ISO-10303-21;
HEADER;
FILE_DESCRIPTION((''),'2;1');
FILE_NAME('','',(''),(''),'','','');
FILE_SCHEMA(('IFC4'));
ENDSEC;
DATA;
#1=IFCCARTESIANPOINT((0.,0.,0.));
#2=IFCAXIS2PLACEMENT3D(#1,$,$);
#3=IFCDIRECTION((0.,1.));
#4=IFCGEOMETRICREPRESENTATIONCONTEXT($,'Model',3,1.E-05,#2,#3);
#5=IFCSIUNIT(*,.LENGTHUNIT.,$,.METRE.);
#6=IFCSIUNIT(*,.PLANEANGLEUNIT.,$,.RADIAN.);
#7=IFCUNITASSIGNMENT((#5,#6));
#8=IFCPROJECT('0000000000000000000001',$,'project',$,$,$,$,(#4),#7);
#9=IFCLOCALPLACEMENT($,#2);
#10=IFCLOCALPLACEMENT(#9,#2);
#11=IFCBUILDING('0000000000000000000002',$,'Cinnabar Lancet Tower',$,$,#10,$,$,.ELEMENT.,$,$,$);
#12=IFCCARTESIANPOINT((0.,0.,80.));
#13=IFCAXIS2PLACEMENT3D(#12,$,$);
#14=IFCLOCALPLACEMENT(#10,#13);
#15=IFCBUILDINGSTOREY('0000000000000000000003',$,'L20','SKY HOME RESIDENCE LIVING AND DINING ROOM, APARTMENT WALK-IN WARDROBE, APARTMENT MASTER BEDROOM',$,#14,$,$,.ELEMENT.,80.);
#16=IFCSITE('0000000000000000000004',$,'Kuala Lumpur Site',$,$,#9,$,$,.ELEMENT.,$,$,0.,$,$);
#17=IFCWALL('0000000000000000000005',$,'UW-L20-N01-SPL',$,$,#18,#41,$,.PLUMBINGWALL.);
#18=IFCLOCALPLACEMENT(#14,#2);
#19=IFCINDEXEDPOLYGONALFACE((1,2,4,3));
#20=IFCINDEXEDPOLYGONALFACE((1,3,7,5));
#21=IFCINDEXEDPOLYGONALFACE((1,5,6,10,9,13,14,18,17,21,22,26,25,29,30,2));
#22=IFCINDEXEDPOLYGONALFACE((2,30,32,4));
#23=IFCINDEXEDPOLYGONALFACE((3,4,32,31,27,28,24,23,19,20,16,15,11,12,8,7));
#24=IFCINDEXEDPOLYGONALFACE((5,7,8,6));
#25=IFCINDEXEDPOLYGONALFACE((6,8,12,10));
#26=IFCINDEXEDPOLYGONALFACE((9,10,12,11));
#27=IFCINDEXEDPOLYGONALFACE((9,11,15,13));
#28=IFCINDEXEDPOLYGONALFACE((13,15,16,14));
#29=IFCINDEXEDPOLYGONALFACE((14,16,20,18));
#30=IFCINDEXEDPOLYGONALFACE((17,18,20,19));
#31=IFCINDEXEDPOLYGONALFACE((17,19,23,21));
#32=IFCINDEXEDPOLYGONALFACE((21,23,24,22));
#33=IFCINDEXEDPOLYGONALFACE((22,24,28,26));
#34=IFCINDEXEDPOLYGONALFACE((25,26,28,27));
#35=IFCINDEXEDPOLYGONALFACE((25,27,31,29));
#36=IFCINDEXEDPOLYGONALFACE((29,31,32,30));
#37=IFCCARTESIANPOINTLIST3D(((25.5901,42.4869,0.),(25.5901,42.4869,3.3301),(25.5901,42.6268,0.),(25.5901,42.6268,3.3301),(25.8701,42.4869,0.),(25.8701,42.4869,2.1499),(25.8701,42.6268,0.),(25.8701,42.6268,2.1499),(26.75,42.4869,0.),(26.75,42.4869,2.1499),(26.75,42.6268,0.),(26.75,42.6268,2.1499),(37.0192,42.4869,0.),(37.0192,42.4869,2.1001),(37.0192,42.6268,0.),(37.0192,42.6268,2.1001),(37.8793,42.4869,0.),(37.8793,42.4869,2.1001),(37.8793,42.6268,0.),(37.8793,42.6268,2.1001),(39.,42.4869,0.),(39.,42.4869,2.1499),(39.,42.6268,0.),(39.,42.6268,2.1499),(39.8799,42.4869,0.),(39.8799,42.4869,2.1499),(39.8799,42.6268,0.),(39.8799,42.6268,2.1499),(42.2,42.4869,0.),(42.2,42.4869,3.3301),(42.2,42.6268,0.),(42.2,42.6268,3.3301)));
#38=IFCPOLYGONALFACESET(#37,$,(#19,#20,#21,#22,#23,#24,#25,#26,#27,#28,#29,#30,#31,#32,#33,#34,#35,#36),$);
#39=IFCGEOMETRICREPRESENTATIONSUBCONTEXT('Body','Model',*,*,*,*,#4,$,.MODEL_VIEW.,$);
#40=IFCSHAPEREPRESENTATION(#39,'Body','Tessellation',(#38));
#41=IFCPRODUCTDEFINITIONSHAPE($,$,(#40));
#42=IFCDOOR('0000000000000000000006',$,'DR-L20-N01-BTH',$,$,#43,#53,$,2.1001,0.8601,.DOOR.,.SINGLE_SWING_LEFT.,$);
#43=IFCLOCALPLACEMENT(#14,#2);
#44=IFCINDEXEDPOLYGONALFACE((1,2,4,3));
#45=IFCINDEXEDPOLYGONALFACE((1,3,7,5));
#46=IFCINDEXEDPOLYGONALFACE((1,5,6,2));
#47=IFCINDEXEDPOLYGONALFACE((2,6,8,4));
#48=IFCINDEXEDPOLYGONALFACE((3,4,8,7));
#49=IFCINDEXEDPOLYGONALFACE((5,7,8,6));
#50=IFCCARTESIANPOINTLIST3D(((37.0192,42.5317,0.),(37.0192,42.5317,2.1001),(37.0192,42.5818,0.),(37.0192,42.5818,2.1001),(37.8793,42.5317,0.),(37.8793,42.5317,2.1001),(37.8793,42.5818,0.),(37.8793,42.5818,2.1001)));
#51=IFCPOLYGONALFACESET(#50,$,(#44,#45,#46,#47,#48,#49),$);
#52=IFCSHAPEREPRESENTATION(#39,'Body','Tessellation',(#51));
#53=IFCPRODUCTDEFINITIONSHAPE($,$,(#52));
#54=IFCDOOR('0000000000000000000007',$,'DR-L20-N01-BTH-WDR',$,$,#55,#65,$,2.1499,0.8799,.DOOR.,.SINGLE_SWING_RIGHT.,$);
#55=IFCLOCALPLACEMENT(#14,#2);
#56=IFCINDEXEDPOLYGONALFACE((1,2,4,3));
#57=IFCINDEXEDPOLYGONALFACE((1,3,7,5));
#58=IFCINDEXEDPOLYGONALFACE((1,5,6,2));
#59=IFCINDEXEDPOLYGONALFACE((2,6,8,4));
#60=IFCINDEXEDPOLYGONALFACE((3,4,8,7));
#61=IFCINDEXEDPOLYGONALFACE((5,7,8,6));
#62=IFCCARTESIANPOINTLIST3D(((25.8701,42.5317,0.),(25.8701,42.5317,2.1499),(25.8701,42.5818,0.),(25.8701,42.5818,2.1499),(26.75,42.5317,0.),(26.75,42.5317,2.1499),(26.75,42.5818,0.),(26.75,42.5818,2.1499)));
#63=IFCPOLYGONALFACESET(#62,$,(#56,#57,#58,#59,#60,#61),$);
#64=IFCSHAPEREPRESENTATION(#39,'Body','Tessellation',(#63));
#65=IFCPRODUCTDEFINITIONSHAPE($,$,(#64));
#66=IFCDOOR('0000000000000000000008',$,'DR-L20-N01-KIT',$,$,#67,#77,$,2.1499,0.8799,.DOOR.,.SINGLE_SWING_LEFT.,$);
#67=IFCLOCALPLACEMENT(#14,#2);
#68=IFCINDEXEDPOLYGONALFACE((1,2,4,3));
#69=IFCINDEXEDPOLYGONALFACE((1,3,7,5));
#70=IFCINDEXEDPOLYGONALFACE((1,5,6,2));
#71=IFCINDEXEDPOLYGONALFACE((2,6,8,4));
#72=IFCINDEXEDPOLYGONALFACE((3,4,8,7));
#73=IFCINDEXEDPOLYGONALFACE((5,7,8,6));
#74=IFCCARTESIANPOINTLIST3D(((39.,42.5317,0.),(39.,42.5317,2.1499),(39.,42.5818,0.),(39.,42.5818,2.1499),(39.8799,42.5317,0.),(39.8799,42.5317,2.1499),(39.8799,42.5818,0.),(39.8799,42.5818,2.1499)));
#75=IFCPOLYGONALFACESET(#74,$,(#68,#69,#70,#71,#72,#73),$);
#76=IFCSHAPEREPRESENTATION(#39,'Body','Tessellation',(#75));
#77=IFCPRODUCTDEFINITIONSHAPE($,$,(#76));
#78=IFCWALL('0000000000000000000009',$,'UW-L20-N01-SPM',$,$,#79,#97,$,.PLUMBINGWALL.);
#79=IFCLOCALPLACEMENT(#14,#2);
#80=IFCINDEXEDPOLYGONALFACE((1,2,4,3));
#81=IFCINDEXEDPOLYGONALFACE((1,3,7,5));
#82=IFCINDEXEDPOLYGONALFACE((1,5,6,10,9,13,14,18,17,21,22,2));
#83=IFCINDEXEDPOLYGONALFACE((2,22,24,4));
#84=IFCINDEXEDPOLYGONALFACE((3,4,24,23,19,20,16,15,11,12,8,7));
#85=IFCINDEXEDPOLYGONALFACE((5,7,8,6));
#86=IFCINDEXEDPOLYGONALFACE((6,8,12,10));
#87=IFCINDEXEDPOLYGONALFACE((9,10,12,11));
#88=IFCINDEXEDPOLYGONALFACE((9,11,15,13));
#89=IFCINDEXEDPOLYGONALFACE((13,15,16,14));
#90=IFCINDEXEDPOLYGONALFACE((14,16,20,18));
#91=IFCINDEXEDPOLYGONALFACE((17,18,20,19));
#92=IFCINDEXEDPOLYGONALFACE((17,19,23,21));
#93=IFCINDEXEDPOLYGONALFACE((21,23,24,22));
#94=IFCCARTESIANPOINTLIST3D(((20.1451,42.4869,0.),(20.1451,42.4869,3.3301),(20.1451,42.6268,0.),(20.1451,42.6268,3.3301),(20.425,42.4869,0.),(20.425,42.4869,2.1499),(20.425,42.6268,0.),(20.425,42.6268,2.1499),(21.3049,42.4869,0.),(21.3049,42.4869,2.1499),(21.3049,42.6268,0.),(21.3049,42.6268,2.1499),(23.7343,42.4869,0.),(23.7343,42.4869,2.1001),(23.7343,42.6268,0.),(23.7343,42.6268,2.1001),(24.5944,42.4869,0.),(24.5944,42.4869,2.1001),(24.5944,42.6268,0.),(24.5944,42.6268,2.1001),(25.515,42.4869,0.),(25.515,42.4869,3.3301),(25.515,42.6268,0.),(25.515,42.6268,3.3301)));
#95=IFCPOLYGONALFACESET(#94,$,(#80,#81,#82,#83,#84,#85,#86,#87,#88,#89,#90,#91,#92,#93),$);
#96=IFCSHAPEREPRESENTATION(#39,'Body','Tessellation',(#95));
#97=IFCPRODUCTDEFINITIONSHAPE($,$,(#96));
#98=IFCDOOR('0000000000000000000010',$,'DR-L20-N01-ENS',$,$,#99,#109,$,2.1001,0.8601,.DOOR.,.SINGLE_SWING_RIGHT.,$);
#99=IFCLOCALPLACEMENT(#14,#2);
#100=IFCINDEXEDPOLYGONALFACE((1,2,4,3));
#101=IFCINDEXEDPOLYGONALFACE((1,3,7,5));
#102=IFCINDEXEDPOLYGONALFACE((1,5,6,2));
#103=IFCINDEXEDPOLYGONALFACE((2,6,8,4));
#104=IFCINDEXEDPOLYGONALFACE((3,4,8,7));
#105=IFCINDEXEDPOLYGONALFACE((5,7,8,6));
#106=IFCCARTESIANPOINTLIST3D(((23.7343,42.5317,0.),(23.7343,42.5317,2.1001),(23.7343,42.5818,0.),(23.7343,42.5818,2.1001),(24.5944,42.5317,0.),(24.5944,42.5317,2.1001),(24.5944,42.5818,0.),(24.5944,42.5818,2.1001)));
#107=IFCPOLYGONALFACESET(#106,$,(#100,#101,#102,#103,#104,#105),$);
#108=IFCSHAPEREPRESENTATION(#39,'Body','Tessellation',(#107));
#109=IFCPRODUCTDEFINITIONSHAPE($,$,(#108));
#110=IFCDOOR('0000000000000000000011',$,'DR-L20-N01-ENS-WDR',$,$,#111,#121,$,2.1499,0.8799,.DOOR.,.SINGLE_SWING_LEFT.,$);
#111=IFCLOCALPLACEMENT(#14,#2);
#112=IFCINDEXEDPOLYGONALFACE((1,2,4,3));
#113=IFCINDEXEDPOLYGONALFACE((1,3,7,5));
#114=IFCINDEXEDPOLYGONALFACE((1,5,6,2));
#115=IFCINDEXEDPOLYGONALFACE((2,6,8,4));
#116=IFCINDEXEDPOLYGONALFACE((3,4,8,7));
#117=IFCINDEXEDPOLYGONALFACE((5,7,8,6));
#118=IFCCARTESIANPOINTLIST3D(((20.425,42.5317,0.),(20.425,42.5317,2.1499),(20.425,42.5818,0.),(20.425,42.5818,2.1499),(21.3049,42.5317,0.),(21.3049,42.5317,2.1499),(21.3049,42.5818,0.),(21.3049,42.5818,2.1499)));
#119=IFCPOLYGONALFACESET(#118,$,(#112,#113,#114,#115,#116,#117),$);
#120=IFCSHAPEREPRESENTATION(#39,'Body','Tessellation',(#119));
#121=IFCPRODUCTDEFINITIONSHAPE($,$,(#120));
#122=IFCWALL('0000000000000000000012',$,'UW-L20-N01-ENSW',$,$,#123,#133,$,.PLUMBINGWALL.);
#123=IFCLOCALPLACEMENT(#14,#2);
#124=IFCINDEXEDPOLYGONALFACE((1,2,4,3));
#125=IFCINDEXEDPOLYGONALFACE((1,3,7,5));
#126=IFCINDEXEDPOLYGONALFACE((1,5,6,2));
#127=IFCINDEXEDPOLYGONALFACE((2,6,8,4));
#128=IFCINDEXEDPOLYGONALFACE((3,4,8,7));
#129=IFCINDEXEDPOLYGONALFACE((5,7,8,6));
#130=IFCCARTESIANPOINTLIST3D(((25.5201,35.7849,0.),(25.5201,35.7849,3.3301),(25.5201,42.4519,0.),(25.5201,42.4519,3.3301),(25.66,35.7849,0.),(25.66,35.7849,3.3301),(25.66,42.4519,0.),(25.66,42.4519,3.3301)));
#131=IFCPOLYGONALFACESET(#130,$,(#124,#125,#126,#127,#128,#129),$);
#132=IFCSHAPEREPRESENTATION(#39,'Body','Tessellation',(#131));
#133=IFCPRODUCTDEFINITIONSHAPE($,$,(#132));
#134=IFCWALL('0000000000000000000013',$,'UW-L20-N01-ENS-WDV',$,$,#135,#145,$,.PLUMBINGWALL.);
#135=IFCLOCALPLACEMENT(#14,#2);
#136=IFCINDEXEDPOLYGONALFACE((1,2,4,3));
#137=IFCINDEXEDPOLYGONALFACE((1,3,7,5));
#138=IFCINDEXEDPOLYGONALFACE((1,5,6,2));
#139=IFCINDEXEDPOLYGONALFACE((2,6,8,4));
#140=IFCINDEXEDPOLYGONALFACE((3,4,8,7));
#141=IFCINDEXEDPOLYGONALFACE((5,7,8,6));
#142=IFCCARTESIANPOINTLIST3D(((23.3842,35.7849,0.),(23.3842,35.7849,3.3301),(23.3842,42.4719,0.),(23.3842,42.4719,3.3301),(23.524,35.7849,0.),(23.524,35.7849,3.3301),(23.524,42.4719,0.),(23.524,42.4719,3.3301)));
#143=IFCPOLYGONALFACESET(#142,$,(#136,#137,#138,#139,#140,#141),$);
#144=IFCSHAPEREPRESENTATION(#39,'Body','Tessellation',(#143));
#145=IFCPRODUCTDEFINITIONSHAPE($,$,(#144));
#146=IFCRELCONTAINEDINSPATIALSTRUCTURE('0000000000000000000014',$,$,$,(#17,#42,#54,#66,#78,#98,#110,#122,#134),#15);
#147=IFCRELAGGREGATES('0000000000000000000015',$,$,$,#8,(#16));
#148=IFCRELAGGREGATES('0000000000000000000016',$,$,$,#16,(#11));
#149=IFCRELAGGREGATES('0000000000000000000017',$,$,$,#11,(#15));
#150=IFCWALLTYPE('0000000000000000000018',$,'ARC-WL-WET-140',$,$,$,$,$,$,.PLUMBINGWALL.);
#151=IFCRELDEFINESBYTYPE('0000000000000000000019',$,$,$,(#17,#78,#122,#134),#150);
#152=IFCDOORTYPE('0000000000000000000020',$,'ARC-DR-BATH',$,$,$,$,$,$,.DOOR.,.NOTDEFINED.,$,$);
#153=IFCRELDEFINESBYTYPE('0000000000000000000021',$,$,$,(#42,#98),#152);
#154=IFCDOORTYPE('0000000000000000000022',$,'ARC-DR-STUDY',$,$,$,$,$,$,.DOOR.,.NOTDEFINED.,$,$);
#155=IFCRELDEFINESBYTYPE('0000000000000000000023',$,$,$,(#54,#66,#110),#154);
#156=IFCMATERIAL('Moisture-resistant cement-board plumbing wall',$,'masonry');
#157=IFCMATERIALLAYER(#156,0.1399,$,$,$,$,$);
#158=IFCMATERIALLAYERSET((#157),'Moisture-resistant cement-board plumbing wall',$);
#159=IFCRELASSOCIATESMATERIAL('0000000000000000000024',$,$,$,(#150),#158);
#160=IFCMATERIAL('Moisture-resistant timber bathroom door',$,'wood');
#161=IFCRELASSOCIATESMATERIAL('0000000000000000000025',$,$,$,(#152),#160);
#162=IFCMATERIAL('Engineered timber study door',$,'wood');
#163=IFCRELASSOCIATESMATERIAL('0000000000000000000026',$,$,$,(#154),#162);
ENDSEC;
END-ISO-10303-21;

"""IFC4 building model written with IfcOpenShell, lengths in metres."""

from ifc_helpers import new_model, si_unit, direction, frame, frame_2d, origin, place, context, subcontext, project, spatial, rectangle, extrude, material, layer, layer_set, type_object, element, fill, save


model = new_model("IFC4")

# Units and contexts
model_context = context("Model", 3, precision=1e-05, world=origin(), true_north=direction((0.0, 1.0)))
body_context = subcontext(model_context, "Body", "Model", "MODEL_VIEW")
ifc_project = project(units=[si_unit("LENGTHUNIT", "METRE"), si_unit("PLANEANGLEUNIT", "RADIAN")], contexts=[model_context])

# Site, building, storey
site_placement = place(None, origin())
site = spatial("IfcSite", under=ifc_project, at=site_placement, Name="Kuala Lumpur Site", CompositionType="ELEMENT", RefElevation=0.0)
building_placement = place(site_placement, origin())
building = spatial("IfcBuilding", under=site, at=building_placement, Name="Cinnabar Lancet Tower", CompositionType="ELEMENT")
storey_placement = place(building_placement, frame((0.0, 0.0, 80.0)))
storey = spatial("IfcBuildingStorey", under=building, at=storey_placement, Name="L20", Description="SKY HOME RESIDENCE LIVING AND DINING ROOM, APARTMENT WALK-IN WARDROBE, APARTMENT MASTER BEDROOM", CompositionType="ELEMENT", Elevation=80.0)

# Walls, openings, doors
ifc_material_1 = material(Name="Moisture-resistant cement-board plumbing wall", Category="masonry")
ifc_layer_1 = layer(ifc_material_1, 0.1399)
ifc_layer_set_1 = layer_set([ifc_layer_1], Name="Moisture-resistant cement-board plumbing wall")
wall_type_1 = type_object("IfcWallType", Name="ARC-WL-WET-140", PredefinedType="PLUMBINGWALL", material=ifc_layer_set_1)
wall_1_placement = place(storey_placement, frame((25.5901, 42.5569, 0.0), z_axis=(0.0, 0.0, 1.0), x_axis=(1.0, 0.0, 0.0)))
wall_1 = element("IfcWall", 1, at=wall_1_placement, inside=storey, type_object=wall_type_1, Name="UW-L20-N01-SPL", PredefinedType="PLUMBINGWALL", context=body_context, shape_type="SweptSolid", body=[
    extrude(rectangle(XDim=16.6099, YDim=0.1399, at=frame_2d((8.3049, 0.0))), origin(), (0.0, 0.0, 1.0), 3.3301),
])
opening_1_placement = place(wall_1_placement, frame((0.28, 0.0, 0.0)))
opening_1 = element("IfcOpeningElement", 2, at=opening_1_placement, cuts=wall_1, PredefinedType="OPENING", context=body_context, shape_type="SweptSolid", body=[
    extrude(rectangle(XDim=0.8799, YDim=2.1499, at=frame_2d((0.4399, 1.075))), frame((0.0, 0.0798, 0.0), z_axis=(0.0, -1.0, 0.0), x_axis=(1.0, 0.0, 0.0)), (0.0, 0.0, 1.0), 0.1599),
])
opening_2_placement = place(wall_1_placement, frame((11.429, 0.0, 0.0)))
opening_2 = element("IfcOpeningElement", 3, at=opening_2_placement, cuts=wall_1, PredefinedType="OPENING", context=body_context, shape_type="SweptSolid", body=[
    extrude(rectangle(XDim=0.8601, YDim=2.1001, at=frame_2d((0.4302, 1.05))), frame((0.0, 0.0798, 0.0), z_axis=(0.0, -1.0, 0.0), x_axis=(1.0, 0.0, 0.0)), (0.0, 0.0, 1.0), 0.1599),
])
opening_3_placement = place(wall_1_placement, frame((13.4099, 0.0, 0.0)))
opening_3 = element("IfcOpeningElement", 4, at=opening_3_placement, cuts=wall_1, PredefinedType="OPENING", context=body_context, shape_type="SweptSolid", body=[
    extrude(rectangle(XDim=0.8799, YDim=2.1499, at=frame_2d((0.4399, 1.075))), frame((0.0, 0.0798, 0.0), z_axis=(0.0, -1.0, 0.0), x_axis=(1.0, 0.0, 0.0)), (0.0, 0.0, 1.0), 0.1599),
])
ifc_material_2 = material(Name="Moisture-resistant timber bathroom door", Category="wood")
door_type_1 = type_object("IfcDoorType", Name="ARC-DR-BATH", OperationType="NOTDEFINED", PredefinedType="DOOR", material=ifc_material_2)
door_1_placement = place(opening_2_placement, origin())
door_1 = element("IfcDoor", 5, at=door_1_placement, inside=storey, type_object=door_type_1, Name="DR-L20-N01-BTH", OperationType="SINGLE_SWING_LEFT", OverallHeight=2.1001, OverallWidth=0.8601, PredefinedType="DOOR", context=body_context, shape_type="SweptSolid", body=[
    extrude(rectangle(XDim=0.8601, YDim=2.1001, at=frame_2d((0.4302, 1.05))), frame((0.0, 0.0249, 0.0), z_axis=(0.0, -1.0, 0.0), x_axis=(1.0, 0.0, 0.0)), (0.0, 0.0, 1.0), 0.05),
])
fill(opening_2, door_1)
ifc_material_3 = material(Name="Engineered timber study door", Category="wood")
door_type_2 = type_object("IfcDoorType", Name="ARC-DR-STUDY", OperationType="NOTDEFINED", PredefinedType="DOOR", material=ifc_material_3)
door_2_placement = place(opening_1_placement, origin())
door_2 = element("IfcDoor", 6, at=door_2_placement, inside=storey, type_object=door_type_2, Name="DR-L20-N01-BTH-WDR", OperationType="SINGLE_SWING_RIGHT", OverallHeight=2.1499, OverallWidth=0.8799, PredefinedType="DOOR", context=body_context, shape_type="SweptSolid", body=[
    extrude(rectangle(XDim=0.8799, YDim=2.1499, at=frame_2d((0.4399, 1.075))), frame((0.0, 0.0249, 0.0), z_axis=(0.0, -1.0, 0.0), x_axis=(1.0, 0.0, 0.0)), (0.0, 0.0, 1.0), 0.05),
])
fill(opening_1, door_2)
door_3_placement = place(opening_3_placement, origin())
door_3 = element("IfcDoor", 7, at=door_3_placement, inside=storey, type_object=door_type_2, Name="DR-L20-N01-KIT", OperationType="SINGLE_SWING_LEFT", OverallHeight=2.1499, OverallWidth=0.8799, PredefinedType="DOOR", context=body_context, shape_type="SweptSolid", body=[
    extrude(rectangle(XDim=0.8799, YDim=2.1499, at=frame_2d((0.4399, 1.075))), frame((0.0, 0.0249, 0.0), z_axis=(0.0, -1.0, 0.0), x_axis=(1.0, 0.0, 0.0)), (0.0, 0.0, 1.0), 0.05),
])
fill(opening_3, door_3)
wall_2_placement = place(storey_placement, frame((20.145, 42.5569, 0.0), z_axis=(0.0, 0.0, 1.0), x_axis=(1.0, 0.0, 0.0)))
wall_2 = element("IfcWall", 8, at=wall_2_placement, inside=storey, type_object=wall_type_1, Name="UW-L20-N01-SPM", PredefinedType="PLUMBINGWALL", context=body_context, shape_type="SweptSolid", body=[
    extrude(rectangle(XDim=5.3699, YDim=0.1399, at=frame_2d((2.6851, 0.0))), origin(), (0.0, 0.0, 1.0), 3.3301),
])
opening_4_placement = place(wall_2_placement, frame((0.28, 0.0, 0.0)))
opening_4 = element("IfcOpeningElement", 9, at=opening_4_placement, cuts=wall_2, PredefinedType="OPENING", context=body_context, shape_type="SweptSolid", body=[
    extrude(rectangle(XDim=0.8799, YDim=2.1499, at=frame_2d((0.4399, 1.075))), frame((0.0, 0.0798, 0.0), z_axis=(0.0, -1.0, 0.0), x_axis=(1.0, 0.0, 0.0)), (0.0, 0.0, 1.0), 0.1599),
])
opening_5_placement = place(wall_2_placement, frame((3.5891, 0.0, 0.0)))
opening_5 = element("IfcOpeningElement", 10, at=opening_5_placement, cuts=wall_2, PredefinedType="OPENING", context=body_context, shape_type="SweptSolid", body=[
    extrude(rectangle(XDim=0.8601, YDim=2.1001, at=frame_2d((0.4302, 1.05))), frame((0.0, 0.0798, 0.0), z_axis=(0.0, -1.0, 0.0), x_axis=(1.0, 0.0, 0.0)), (0.0, 0.0, 1.0), 0.1599),
])
door_4_placement = place(opening_5_placement, origin())
door_4 = element("IfcDoor", 11, at=door_4_placement, inside=storey, type_object=door_type_1, Name="DR-L20-N01-ENS", OperationType="SINGLE_SWING_RIGHT", OverallHeight=2.1001, OverallWidth=0.8601, PredefinedType="DOOR", context=body_context, shape_type="SweptSolid", body=[
    extrude(rectangle(XDim=0.8601, YDim=2.1001, at=frame_2d((0.4302, 1.05))), frame((0.0, 0.0249, 0.0), z_axis=(0.0, -1.0, 0.0), x_axis=(1.0, 0.0, 0.0)), (0.0, 0.0, 1.0), 0.05),
])
fill(opening_5, door_4)
door_5_placement = place(opening_4_placement, origin())
door_5 = element("IfcDoor", 12, at=door_5_placement, inside=storey, type_object=door_type_2, Name="DR-L20-N01-ENS-WDR", OperationType="SINGLE_SWING_LEFT", OverallHeight=2.1499, OverallWidth=0.8799, PredefinedType="DOOR", context=body_context, shape_type="SweptSolid", body=[
    extrude(rectangle(XDim=0.8799, YDim=2.1499, at=frame_2d((0.4399, 1.075))), frame((0.0, 0.0249, 0.0), z_axis=(0.0, -1.0, 0.0), x_axis=(1.0, 0.0, 0.0)), (0.0, 0.0, 1.0), 0.05),
])
fill(opening_4, door_5)

# Walls
wall_3_placement = place(storey_placement, frame((25.5901, 35.7849, 0.0), z_axis=(0.0, 0.0, 1.0), x_axis=(0.0, 1.0, 0.0)))
element("IfcWall", 13, at=wall_3_placement, inside=storey, type_object=wall_type_1, Name="UW-L20-N01-ENSW", PredefinedType="PLUMBINGWALL", context=body_context, shape_type="SweptSolid", body=[
    extrude(rectangle(XDim=6.667, YDim=0.1399, at=frame_2d((3.3335, 0.0))), origin(), (0.0, 0.0, 1.0), 3.3301),
])
wall_4_placement = place(storey_placement, frame((23.4541, 35.7849, 0.0), z_axis=(0.0, 0.0, 1.0), x_axis=(0.0, 1.0, 0.0)))
element("IfcWall", 14, at=wall_4_placement, inside=storey, type_object=wall_type_1, Name="UW-L20-N01-ENS-WDV", PredefinedType="PLUMBINGWALL", context=body_context, shape_type="SweptSolid", body=[
    extrude(rectangle(XDim=6.687, YDim=0.1399, at=frame_2d((3.3435, 0.0))), origin(), (0.0, 0.0, 1.0), 3.3301),
])

save(model, "model.ifc")
